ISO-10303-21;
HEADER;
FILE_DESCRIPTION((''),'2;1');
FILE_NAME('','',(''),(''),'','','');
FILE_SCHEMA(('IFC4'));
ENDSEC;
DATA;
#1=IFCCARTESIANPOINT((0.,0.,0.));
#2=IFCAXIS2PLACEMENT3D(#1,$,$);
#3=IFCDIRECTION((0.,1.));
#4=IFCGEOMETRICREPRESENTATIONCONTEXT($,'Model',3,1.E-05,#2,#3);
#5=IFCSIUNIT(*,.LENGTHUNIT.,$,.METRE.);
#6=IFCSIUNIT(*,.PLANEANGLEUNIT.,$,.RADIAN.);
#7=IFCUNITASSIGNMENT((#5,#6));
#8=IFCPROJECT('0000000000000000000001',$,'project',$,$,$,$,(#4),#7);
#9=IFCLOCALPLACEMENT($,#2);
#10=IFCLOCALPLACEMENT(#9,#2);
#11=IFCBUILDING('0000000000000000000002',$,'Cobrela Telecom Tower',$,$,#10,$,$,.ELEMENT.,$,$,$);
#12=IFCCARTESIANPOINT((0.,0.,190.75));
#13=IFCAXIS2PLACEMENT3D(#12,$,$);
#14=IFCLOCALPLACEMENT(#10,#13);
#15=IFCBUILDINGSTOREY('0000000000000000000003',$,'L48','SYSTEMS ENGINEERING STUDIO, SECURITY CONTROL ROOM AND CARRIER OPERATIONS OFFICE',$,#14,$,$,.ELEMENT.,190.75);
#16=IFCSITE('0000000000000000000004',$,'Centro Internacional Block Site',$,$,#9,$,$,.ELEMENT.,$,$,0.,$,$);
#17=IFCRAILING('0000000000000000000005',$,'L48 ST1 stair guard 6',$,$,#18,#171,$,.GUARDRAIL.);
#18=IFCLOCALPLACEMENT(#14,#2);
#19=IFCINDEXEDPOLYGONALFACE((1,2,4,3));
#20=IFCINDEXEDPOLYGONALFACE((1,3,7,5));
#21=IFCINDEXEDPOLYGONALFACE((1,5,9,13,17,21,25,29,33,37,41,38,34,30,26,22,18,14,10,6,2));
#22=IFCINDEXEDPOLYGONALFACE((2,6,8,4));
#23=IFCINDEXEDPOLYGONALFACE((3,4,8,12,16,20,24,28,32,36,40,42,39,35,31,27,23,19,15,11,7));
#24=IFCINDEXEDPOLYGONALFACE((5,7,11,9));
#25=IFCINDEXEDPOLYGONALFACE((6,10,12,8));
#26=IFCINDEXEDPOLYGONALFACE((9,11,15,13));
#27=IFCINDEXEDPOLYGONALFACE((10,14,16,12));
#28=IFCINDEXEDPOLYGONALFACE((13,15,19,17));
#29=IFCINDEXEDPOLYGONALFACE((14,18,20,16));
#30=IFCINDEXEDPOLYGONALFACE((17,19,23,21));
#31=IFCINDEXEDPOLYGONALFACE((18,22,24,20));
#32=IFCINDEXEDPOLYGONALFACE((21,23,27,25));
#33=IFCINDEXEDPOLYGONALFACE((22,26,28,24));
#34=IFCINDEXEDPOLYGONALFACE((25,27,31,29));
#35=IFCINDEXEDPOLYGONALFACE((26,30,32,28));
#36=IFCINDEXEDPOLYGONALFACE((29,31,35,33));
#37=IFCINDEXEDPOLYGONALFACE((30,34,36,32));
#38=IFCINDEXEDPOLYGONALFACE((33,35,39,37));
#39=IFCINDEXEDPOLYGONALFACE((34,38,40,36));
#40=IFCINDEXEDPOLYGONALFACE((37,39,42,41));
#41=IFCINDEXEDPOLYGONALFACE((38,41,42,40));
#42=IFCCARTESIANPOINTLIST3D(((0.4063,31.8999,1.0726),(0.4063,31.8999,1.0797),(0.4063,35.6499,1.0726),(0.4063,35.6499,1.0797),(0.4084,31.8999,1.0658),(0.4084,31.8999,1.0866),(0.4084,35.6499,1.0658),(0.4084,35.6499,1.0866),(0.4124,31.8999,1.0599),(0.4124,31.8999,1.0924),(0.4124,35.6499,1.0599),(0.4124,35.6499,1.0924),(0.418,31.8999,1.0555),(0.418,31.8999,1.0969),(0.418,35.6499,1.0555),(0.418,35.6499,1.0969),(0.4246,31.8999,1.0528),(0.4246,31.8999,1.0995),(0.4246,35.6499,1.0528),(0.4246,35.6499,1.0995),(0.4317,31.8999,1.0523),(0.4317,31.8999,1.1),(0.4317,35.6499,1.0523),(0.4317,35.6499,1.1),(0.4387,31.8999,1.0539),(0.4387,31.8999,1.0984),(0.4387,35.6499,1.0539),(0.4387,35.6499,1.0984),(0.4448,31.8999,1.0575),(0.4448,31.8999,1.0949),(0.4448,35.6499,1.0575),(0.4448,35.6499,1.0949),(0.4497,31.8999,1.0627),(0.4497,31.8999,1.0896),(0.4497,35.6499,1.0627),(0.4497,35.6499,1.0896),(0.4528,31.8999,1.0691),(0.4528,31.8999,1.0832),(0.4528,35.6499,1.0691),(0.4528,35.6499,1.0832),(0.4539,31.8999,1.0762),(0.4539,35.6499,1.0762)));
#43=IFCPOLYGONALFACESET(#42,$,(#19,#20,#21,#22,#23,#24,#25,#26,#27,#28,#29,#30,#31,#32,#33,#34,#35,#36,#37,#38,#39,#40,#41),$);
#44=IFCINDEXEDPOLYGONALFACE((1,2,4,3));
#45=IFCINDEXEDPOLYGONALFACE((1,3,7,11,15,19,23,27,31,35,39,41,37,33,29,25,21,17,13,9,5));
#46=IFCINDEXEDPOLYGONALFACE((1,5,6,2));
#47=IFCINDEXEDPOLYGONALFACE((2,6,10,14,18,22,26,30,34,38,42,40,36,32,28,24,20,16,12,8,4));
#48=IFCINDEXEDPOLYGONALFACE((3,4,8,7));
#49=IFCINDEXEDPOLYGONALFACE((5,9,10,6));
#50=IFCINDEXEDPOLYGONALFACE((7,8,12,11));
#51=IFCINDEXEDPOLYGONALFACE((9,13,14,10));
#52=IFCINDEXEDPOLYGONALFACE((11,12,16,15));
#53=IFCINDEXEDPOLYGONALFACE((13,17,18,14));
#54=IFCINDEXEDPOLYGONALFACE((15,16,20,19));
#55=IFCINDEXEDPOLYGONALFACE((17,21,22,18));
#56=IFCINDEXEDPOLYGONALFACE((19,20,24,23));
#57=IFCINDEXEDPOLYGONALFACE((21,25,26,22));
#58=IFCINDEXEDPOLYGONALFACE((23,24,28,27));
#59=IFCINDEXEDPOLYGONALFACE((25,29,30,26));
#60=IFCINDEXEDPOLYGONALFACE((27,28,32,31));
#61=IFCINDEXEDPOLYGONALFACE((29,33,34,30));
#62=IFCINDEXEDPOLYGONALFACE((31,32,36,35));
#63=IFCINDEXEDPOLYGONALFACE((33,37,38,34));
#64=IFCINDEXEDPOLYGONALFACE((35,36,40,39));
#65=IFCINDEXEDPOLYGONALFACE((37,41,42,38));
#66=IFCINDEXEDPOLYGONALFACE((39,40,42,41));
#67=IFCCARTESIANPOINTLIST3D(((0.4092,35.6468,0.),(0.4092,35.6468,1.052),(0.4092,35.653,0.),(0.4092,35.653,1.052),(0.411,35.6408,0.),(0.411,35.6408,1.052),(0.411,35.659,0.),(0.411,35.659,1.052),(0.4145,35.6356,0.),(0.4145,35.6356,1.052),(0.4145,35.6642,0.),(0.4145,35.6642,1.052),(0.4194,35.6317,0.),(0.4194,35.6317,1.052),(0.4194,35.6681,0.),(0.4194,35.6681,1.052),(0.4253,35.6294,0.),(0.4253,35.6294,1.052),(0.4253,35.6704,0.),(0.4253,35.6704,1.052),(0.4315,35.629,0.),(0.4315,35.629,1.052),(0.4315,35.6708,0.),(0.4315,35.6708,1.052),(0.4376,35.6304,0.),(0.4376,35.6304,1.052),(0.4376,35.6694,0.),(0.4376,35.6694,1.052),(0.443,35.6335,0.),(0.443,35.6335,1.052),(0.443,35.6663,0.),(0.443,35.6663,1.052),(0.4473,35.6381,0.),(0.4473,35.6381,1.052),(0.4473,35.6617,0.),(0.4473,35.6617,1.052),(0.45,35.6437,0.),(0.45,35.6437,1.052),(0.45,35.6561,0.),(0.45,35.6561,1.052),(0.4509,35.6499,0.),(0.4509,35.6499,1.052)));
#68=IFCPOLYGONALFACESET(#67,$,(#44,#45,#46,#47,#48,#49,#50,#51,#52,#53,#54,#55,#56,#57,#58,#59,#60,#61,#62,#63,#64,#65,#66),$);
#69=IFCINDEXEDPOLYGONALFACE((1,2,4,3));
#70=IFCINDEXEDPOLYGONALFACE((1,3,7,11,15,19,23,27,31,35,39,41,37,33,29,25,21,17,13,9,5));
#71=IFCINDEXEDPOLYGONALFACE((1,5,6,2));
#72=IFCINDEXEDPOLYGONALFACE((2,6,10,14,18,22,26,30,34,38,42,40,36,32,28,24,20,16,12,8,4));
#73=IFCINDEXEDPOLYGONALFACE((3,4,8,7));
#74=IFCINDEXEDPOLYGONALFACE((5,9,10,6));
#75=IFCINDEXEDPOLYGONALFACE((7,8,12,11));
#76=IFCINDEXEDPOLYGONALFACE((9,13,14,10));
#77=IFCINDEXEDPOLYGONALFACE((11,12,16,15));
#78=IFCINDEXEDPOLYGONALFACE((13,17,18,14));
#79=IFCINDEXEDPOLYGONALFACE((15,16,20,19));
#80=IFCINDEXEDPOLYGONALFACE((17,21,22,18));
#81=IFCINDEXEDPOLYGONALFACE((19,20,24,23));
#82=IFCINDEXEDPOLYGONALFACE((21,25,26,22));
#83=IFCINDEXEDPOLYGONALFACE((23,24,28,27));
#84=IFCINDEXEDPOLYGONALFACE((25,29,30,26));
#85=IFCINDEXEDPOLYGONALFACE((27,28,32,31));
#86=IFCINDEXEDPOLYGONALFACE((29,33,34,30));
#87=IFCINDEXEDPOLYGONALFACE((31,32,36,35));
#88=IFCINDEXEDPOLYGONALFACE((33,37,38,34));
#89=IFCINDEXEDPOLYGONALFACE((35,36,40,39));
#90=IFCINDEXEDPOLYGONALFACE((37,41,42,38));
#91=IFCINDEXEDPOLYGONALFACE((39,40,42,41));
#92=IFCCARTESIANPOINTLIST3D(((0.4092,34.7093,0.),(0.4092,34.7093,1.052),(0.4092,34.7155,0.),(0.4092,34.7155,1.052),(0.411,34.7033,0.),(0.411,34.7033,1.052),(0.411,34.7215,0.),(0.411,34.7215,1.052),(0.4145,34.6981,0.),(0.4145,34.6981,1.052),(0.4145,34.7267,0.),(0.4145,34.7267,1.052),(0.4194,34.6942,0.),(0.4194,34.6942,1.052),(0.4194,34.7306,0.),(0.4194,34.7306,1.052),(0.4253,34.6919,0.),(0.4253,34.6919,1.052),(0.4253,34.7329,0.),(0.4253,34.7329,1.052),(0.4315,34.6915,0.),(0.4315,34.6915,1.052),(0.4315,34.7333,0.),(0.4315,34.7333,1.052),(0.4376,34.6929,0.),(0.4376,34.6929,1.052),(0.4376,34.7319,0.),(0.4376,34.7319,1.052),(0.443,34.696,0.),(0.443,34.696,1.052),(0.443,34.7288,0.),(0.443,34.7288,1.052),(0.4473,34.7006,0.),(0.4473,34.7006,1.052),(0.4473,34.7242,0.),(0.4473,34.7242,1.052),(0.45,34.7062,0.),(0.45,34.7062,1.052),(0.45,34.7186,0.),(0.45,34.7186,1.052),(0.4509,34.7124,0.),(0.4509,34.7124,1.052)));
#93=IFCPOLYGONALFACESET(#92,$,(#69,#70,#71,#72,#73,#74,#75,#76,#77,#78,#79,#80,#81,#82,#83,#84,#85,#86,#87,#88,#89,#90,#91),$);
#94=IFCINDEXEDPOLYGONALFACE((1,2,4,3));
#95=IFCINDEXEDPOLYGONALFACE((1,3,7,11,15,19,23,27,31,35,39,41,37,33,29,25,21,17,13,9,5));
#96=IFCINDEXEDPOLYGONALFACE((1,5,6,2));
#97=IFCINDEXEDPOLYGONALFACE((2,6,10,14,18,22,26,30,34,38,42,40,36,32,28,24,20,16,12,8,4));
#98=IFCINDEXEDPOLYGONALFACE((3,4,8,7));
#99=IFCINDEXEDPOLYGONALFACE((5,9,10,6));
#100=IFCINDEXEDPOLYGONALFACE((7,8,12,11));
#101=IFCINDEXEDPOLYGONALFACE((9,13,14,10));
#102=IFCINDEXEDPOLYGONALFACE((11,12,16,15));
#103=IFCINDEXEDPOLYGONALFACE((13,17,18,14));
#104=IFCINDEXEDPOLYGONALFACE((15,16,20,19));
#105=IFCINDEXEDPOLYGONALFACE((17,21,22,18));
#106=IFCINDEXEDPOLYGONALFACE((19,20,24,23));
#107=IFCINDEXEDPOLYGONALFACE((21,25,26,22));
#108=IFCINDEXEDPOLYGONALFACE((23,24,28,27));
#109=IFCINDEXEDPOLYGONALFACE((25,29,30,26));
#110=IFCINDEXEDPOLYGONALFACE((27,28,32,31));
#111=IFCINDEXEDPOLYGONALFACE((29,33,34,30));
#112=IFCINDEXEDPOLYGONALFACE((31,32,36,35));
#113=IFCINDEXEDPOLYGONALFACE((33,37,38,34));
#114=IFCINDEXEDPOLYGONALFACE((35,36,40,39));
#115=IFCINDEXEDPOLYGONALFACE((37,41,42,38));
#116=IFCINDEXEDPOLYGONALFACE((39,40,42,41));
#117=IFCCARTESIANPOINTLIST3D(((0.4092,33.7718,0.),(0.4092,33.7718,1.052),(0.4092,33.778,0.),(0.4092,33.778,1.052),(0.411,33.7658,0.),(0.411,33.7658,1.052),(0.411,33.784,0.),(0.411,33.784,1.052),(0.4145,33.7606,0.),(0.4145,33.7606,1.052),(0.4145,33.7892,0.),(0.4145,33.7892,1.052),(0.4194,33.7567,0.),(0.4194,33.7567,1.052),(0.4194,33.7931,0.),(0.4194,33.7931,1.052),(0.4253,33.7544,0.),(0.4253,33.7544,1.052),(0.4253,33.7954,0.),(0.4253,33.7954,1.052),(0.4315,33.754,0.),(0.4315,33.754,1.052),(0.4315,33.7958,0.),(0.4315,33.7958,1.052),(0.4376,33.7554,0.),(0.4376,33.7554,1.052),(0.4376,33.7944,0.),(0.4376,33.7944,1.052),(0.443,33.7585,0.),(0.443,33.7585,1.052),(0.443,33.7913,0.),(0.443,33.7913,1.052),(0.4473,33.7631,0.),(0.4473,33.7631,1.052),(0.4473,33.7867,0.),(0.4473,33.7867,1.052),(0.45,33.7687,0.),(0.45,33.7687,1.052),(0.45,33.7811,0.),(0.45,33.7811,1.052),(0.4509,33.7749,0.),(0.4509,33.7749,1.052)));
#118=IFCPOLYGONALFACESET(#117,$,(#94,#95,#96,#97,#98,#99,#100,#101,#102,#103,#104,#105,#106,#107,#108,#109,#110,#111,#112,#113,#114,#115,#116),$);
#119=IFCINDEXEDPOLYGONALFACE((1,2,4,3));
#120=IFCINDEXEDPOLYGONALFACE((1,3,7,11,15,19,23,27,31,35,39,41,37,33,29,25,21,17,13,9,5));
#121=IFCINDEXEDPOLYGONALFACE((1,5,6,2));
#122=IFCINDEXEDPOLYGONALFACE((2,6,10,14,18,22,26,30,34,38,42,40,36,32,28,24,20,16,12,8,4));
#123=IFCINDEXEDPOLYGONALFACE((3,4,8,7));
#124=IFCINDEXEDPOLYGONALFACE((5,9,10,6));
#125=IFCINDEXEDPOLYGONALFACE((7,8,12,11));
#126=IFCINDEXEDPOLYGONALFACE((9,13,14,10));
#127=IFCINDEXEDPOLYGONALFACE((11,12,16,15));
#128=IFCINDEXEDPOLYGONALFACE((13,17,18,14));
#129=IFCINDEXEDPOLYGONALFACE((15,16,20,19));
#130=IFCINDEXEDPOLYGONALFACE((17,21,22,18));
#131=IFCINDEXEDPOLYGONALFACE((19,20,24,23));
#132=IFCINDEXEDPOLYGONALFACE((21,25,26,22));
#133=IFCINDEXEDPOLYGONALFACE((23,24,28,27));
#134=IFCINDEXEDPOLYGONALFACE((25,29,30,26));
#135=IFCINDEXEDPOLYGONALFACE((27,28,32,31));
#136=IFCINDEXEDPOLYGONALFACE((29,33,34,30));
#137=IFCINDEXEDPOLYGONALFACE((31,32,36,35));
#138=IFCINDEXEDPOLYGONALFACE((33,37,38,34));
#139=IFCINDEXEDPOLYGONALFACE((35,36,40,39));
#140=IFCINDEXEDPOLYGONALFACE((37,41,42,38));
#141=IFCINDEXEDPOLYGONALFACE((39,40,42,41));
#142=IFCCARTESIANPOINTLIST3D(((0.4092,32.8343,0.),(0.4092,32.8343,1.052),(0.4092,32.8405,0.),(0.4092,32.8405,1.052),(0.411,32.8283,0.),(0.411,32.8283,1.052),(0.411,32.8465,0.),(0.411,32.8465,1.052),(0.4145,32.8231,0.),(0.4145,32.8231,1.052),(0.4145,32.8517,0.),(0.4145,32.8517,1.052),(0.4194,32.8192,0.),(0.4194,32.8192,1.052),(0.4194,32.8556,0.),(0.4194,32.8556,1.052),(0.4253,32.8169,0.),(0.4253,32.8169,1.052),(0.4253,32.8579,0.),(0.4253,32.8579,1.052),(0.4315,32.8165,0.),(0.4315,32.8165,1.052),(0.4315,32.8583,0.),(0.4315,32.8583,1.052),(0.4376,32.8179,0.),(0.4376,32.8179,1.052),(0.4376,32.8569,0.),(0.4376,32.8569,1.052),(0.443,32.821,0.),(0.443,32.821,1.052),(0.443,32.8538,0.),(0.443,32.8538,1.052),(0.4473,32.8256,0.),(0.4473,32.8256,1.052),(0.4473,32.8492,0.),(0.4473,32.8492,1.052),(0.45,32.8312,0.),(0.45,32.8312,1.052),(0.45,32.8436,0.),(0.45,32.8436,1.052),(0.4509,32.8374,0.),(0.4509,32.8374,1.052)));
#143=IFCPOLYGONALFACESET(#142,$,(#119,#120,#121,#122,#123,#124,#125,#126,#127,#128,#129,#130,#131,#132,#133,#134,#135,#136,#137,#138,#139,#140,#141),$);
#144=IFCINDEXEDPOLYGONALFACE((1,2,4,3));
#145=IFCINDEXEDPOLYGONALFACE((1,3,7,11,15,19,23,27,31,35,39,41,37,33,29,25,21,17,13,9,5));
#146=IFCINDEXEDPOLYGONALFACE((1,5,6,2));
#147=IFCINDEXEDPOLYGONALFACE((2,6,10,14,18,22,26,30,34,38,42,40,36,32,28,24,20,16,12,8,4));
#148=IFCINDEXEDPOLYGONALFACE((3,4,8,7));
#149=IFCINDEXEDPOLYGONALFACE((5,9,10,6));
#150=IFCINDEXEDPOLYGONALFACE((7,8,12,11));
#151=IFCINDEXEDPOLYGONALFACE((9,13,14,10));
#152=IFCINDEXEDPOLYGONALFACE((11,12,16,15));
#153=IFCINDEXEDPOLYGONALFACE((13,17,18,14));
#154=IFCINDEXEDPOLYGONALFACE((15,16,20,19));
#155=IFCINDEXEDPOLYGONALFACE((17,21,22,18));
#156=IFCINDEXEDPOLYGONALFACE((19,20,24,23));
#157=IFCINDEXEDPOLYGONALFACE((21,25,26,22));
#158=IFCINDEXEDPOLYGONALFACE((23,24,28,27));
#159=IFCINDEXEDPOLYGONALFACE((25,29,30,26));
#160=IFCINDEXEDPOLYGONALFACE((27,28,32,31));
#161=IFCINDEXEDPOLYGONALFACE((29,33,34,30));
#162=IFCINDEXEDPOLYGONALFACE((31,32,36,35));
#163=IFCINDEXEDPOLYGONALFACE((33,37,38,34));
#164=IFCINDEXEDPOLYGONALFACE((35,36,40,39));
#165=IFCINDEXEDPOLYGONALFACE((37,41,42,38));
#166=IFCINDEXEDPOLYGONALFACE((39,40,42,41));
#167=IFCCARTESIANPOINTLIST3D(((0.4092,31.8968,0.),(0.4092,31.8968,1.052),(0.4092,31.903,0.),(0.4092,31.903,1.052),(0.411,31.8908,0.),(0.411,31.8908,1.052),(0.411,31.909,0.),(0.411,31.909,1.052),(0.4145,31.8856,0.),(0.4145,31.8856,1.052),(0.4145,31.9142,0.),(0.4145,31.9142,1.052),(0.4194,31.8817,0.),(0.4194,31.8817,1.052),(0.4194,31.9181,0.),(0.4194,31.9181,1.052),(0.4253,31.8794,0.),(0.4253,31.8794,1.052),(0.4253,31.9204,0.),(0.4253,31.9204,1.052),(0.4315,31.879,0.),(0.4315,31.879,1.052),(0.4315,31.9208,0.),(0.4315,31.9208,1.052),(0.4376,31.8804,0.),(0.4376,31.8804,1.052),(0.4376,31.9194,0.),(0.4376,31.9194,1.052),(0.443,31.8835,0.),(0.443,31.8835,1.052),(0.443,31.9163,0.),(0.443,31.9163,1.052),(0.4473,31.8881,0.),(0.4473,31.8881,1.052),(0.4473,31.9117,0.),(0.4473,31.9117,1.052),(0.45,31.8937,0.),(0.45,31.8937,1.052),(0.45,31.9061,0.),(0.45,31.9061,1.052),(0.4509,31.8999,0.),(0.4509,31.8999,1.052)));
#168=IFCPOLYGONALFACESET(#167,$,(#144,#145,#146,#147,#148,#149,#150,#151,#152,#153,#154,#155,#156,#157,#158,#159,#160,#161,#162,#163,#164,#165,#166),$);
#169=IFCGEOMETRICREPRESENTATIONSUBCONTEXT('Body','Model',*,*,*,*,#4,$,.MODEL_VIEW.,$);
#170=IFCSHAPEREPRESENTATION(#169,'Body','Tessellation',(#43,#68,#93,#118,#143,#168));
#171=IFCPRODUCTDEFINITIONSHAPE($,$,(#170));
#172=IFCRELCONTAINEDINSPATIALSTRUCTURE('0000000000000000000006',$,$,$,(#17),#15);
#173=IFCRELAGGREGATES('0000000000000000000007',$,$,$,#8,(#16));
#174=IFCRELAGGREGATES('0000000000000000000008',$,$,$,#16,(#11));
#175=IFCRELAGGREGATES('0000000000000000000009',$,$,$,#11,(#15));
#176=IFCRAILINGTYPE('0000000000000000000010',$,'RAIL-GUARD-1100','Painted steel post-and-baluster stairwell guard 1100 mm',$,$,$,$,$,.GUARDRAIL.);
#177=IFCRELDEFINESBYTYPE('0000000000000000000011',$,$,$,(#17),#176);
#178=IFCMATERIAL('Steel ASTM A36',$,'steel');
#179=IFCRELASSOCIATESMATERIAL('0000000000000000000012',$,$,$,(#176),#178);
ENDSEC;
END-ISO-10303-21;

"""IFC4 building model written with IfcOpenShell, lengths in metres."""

from ifc_helpers import new_model, si_unit, direction, frame, origin, origin_2d, place, context, subcontext, project, spatial, circle, extrude, material, type_object, element, save


model = new_model("IFC4")

# Units and contexts
model_context = context("Model", 3, precision=1e-05, world=origin(), true_north=direction((0.0, 1.0)))
body_context = subcontext(model_context, "Body", "Model", "MODEL_VIEW")
ifc_project = project(units=[si_unit("LENGTHUNIT", "METRE"), si_unit("PLANEANGLEUNIT", "RADIAN")], contexts=[model_context])

# Site, building, storey
site_placement = place(None, origin())
site = spatial("IfcSite", under=ifc_project, at=site_placement, Name="Centro Internacional Block Site", CompositionType="ELEMENT", RefElevation=0.0)
building_placement = place(site_placement, origin())
building = spatial("IfcBuilding", under=site, at=building_placement, Name="Cobrela Telecom Tower", CompositionType="ELEMENT")
storey_placement = place(building_placement, frame((0.0, 0.0, 190.75)))
storey = spatial("IfcBuildingStorey", under=building, at=storey_placement, Name="L48", Description="SYSTEMS ENGINEERING STUDIO, SECURITY CONTROL ROOM AND CARRIER OPERATIONS OFFICE", CompositionType="ELEMENT", Elevation=190.75)

# Shared definitions
ifc_material_1 = material(Name="Steel ASTM A36", Category="steel")

# Railing
railing_type_1 = type_object("IfcRailingType", Name="RAIL-GUARD-1100", Description="Painted steel post-and-baluster stairwell guard 1100 mm", PredefinedType="GUARDRAIL", material=ifc_material_1)
railing_1_placement = place(storey_placement, frame((0.4299, 35.6499, 0.0)))
element("IfcRailing", 1, at=railing_1_placement, inside=storey, type_object=railing_type_1, Name="L48 ST1 stair guard 6", PredefinedType="GUARDRAIL", context=body_context, shape_type="SweptSolid", body=[
    extrude(circle(Radius=0.0239, at=origin_2d()), frame((0.0, 0.0, 1.0762), z_axis=(0.0, -1.0, 0.0), x_axis=(1.0, 0.0, 0.0)), (0.0, 0.0, 1.0), 3.75),
    extrude(circle(Radius=0.021, at=origin_2d()), origin(), (0.0, 0.0, 1.0), 1.052),
    extrude(circle(Radius=0.021, at=origin_2d()), frame((0.0, -0.9375, 0.0)), (0.0, 0.0, 1.0), 1.052),
    extrude(circle(Radius=0.021, at=origin_2d()), frame((0.0, -1.875, 0.0)), (0.0, 0.0, 1.0), 1.052),
    extrude(circle(Radius=0.021, at=origin_2d()), frame((0.0, -2.8125, 0.0)), (0.0, 0.0, 1.0), 1.052),
    extrude(circle(Radius=0.021, at=origin_2d()), frame((0.0, -3.75, 0.0)), (0.0, 0.0, 1.0), 1.052),
])

save(model, "model.ifc")
